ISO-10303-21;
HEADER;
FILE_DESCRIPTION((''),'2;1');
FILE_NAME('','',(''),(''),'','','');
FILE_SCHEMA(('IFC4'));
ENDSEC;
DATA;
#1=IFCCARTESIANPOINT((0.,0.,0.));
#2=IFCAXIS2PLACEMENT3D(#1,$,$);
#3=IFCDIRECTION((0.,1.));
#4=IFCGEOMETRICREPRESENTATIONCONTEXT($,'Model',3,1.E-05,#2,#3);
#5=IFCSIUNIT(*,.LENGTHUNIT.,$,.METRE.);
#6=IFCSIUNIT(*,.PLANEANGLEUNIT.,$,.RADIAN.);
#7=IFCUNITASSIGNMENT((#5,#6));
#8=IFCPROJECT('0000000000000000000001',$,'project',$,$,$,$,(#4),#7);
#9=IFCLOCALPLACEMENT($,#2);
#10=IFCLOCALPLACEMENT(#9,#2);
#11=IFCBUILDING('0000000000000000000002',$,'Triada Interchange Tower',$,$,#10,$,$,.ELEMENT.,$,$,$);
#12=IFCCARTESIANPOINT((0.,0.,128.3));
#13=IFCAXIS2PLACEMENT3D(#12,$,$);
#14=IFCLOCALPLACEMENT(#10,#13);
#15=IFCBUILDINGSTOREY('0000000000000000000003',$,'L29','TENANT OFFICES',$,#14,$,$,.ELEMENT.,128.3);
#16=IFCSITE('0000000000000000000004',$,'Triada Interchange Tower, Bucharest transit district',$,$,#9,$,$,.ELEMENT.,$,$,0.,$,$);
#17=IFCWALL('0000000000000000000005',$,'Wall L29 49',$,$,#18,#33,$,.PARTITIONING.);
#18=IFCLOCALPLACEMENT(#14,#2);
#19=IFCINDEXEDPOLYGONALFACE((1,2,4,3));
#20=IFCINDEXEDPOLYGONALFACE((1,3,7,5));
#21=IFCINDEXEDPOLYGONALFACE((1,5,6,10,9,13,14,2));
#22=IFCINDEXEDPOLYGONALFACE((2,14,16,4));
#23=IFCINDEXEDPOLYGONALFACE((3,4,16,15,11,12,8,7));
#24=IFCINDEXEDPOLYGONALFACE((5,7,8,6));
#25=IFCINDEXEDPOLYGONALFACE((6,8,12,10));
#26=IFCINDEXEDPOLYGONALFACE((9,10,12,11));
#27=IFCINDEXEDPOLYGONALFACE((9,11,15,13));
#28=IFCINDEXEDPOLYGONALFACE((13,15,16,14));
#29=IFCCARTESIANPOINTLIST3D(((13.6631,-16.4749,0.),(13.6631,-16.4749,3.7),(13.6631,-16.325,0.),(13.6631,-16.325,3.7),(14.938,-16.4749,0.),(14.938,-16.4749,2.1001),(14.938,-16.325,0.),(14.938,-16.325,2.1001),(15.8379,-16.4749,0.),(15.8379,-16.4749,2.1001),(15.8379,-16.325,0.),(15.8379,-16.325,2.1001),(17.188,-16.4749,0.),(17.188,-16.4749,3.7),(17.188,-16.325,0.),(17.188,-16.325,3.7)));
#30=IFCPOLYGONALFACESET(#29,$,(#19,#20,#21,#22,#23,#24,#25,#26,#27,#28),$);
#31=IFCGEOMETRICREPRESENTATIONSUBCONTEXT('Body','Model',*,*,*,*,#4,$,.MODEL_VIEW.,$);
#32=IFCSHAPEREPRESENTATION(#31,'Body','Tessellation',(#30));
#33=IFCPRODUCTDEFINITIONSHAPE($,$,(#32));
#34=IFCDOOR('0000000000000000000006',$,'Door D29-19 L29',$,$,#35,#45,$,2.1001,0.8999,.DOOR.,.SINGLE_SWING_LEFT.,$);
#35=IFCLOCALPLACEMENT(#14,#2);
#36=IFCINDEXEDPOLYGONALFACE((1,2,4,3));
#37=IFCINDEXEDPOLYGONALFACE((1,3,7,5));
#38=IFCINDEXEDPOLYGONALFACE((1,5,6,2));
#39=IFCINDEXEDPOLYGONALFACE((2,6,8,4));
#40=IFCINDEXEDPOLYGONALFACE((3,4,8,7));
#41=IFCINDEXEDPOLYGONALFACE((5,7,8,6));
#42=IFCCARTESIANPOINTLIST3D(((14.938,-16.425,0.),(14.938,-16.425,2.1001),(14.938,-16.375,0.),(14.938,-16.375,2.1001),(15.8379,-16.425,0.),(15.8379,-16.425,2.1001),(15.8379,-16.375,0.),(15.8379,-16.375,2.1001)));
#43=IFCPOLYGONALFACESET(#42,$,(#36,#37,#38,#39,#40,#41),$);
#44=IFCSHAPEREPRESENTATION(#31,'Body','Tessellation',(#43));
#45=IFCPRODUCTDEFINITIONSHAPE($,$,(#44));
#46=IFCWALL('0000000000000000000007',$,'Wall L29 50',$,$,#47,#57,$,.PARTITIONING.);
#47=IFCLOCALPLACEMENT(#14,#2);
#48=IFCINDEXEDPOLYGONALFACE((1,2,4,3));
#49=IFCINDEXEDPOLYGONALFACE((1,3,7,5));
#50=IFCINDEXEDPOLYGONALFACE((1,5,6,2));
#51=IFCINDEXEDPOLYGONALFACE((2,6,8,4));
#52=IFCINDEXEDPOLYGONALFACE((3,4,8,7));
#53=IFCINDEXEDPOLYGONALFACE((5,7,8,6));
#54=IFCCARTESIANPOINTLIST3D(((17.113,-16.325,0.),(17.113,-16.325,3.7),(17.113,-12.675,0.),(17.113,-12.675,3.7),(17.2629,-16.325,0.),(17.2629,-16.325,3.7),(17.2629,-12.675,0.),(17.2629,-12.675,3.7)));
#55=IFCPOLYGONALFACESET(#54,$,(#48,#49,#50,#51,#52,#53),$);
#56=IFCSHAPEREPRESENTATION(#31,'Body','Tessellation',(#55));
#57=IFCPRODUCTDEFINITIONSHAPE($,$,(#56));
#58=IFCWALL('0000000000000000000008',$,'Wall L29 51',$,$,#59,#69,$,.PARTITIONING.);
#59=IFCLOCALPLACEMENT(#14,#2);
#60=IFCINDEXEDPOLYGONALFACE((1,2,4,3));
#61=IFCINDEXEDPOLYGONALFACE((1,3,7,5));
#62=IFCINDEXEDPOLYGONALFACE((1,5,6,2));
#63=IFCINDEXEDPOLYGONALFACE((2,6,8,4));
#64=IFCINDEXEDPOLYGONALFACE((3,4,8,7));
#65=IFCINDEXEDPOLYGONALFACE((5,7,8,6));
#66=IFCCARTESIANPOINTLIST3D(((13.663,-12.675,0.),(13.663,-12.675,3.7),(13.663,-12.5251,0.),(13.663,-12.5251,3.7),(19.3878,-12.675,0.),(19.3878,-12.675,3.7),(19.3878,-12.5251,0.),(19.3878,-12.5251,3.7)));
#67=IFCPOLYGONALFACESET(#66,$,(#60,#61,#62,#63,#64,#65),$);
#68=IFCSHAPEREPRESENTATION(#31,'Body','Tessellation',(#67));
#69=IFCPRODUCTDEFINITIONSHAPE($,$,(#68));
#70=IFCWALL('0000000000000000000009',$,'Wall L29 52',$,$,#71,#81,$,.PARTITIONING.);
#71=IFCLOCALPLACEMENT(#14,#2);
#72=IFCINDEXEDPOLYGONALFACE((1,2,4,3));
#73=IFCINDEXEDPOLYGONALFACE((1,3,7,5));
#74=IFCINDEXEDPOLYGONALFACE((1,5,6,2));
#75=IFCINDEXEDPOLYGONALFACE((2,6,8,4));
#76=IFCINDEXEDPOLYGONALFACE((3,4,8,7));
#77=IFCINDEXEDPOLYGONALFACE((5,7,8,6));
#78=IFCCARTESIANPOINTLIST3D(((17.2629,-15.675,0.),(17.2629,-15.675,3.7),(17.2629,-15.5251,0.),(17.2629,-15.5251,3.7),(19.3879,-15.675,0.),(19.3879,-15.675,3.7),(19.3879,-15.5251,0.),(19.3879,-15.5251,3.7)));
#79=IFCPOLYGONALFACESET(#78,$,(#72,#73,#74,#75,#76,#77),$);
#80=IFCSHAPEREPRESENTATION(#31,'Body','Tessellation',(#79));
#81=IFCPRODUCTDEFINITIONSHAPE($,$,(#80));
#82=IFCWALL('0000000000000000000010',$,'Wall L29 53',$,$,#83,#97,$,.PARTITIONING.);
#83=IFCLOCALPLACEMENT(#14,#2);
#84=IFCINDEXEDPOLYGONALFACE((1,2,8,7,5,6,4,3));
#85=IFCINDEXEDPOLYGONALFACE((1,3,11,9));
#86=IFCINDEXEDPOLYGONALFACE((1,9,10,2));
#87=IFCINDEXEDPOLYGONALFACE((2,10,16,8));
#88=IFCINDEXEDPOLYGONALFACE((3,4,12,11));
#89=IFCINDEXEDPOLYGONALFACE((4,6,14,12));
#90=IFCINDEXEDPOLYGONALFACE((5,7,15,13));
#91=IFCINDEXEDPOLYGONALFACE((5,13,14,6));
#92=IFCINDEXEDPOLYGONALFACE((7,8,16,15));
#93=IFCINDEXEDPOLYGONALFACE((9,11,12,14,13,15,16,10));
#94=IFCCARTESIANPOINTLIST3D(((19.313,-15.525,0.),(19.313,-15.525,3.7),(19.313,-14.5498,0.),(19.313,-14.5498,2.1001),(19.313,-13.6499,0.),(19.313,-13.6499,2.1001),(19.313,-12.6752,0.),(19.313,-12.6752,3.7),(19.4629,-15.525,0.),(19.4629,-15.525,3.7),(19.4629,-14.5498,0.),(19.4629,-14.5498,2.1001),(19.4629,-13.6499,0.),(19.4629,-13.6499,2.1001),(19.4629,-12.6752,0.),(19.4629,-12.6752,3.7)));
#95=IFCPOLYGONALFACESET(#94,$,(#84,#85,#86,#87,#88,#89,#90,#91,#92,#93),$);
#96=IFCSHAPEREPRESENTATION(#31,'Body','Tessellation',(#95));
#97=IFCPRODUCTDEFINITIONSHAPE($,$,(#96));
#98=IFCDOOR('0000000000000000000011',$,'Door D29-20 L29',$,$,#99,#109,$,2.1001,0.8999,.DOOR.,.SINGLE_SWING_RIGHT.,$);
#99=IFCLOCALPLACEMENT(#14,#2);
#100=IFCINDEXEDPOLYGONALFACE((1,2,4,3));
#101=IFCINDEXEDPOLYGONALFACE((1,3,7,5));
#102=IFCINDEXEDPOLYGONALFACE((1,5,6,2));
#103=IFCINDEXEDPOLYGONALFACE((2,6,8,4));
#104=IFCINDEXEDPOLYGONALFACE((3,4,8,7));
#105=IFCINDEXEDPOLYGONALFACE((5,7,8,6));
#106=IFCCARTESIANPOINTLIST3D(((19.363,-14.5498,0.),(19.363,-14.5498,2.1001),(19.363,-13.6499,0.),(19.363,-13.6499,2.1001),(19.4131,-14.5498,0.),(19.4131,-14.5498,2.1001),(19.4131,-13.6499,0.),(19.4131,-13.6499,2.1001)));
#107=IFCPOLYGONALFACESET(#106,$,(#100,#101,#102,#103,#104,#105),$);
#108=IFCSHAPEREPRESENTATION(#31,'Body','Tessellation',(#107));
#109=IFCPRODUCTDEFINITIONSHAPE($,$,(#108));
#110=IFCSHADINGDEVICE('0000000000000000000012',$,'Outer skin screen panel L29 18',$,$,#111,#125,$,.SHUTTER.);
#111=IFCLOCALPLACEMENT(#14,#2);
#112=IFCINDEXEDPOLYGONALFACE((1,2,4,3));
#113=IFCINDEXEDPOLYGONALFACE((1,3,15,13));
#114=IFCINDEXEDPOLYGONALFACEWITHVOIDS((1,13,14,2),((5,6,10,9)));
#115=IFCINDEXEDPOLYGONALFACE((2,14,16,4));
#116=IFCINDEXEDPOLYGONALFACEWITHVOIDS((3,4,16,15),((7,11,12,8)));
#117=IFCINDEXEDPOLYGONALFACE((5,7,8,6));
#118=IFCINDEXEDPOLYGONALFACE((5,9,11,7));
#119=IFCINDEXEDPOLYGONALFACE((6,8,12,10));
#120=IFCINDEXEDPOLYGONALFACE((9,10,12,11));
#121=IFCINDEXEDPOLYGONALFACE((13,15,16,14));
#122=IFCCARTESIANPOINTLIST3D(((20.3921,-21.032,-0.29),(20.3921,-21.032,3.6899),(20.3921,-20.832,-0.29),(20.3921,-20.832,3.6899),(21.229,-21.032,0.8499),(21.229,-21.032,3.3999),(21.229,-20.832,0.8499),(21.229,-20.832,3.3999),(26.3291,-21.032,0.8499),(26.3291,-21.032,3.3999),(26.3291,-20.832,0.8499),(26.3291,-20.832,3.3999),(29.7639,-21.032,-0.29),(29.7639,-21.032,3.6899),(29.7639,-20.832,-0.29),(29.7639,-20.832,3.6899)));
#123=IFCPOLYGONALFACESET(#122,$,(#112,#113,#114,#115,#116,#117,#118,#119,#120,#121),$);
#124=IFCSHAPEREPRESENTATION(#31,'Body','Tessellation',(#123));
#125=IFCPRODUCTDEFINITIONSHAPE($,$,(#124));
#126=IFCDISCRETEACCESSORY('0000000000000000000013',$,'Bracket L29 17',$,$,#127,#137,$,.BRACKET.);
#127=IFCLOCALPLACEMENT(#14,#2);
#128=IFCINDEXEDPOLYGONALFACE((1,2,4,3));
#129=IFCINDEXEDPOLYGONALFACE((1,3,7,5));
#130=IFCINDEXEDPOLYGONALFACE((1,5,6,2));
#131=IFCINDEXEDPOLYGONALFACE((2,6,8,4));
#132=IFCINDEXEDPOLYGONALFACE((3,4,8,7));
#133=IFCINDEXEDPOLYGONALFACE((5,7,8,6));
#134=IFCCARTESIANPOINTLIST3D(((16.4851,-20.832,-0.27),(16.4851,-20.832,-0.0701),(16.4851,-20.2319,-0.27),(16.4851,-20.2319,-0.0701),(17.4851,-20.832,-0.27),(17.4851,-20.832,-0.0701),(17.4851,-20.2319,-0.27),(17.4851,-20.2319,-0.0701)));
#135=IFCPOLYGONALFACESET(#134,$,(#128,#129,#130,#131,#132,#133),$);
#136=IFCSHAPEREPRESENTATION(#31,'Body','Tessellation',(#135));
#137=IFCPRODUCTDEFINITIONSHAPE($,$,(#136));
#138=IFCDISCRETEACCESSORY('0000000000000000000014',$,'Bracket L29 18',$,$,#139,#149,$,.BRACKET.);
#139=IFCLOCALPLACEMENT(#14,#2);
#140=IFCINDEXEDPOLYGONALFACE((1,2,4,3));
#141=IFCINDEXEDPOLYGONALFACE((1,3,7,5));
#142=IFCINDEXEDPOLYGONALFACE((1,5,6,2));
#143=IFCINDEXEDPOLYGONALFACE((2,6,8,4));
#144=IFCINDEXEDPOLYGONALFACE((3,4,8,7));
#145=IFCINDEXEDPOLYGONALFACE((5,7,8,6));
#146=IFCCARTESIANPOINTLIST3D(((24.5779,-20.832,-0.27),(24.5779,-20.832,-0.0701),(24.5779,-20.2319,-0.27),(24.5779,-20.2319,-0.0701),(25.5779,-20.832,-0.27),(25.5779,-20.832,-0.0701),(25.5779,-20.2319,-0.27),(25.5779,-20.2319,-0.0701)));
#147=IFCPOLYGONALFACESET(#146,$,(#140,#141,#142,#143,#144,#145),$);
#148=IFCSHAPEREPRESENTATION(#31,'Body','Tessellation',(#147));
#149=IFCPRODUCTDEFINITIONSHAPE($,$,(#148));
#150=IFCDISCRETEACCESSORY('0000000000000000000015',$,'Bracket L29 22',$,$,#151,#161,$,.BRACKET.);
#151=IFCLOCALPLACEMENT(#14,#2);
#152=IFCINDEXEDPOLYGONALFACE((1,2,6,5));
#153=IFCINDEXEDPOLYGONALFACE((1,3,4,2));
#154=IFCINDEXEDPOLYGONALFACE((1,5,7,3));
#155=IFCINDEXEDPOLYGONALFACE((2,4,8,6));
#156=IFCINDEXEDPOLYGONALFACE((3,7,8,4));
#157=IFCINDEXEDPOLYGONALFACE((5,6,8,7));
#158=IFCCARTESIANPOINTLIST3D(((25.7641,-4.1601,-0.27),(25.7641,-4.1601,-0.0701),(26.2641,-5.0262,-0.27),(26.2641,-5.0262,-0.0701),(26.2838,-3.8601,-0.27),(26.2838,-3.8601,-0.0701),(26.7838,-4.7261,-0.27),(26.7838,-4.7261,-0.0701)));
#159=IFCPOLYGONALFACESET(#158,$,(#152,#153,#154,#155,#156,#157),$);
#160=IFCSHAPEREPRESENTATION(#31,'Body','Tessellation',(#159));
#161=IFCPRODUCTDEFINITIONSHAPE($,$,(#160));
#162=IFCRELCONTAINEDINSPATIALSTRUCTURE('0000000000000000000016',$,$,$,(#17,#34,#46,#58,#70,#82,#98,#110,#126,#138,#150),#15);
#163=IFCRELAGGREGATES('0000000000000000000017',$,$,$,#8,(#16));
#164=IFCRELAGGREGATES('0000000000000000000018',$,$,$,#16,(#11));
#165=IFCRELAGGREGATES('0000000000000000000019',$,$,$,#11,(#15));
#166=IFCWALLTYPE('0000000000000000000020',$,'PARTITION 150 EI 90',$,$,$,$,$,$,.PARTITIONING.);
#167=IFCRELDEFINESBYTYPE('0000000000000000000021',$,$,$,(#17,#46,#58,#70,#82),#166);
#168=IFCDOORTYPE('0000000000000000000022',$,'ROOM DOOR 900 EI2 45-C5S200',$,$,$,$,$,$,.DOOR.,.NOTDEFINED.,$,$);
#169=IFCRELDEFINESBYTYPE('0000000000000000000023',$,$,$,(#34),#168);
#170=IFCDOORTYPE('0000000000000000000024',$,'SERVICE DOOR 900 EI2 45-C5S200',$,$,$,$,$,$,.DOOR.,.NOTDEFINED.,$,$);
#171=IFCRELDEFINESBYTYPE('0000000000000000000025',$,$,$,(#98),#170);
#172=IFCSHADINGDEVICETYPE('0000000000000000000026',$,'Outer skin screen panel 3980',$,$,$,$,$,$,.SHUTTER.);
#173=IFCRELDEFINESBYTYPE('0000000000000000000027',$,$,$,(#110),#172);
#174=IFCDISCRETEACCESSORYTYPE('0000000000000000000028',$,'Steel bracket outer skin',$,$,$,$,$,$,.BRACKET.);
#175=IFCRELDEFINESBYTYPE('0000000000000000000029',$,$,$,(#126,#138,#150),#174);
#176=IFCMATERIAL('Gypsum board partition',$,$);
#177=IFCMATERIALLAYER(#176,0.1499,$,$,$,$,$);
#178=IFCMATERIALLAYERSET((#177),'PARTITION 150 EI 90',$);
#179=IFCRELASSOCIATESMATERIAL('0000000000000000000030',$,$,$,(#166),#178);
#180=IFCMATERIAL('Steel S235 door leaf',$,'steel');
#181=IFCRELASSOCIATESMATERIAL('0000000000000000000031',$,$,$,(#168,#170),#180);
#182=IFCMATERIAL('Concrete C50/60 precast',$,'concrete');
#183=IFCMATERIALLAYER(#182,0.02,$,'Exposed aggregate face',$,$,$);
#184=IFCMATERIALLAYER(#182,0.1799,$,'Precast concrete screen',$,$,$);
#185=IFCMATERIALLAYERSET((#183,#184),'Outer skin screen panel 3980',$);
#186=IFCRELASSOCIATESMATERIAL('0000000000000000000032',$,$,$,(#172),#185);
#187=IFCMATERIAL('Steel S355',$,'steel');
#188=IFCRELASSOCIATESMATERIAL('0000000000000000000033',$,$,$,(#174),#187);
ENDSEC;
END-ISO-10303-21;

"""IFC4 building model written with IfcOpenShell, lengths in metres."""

from ifc_helpers import new_model, si_unit, direction, frame, frame_2d, origin, origin_2d, place, context, subcontext, project, spatial, polyline, rectangle, outline, extrude, material, layer, layer_set, type_object, element, fill, save


model = new_model("IFC4")

# Units and contexts
model_context = context("Model", 3, precision=1e-05, world=origin(), true_north=direction((0.0, 1.0)))
body_context = subcontext(model_context, "Body", "Model", "MODEL_VIEW")
ifc_project = project(units=[si_unit("LENGTHUNIT", "METRE"), si_unit("PLANEANGLEUNIT", "RADIAN")], contexts=[model_context])

# Site, building, storey
site_placement = place(None, origin())
site = spatial("IfcSite", under=ifc_project, at=site_placement, Name="Triada Interchange Tower, Bucharest transit district", CompositionType="ELEMENT", RefElevation=0.0)
building_placement = place(site_placement, origin())
building = spatial("IfcBuilding", under=site, at=building_placement, Name="Triada Interchange Tower", CompositionType="ELEMENT")
storey_placement = place(building_placement, frame((0.0, 0.0, 128.3)))
storey = spatial("IfcBuildingStorey", under=building, at=storey_placement, Name="L29", Description="TENANT OFFICES", CompositionType="ELEMENT", Elevation=128.3)

# Shared definitions
ifc_material_1 = material(Name="Gypsum board partition")

# Wall, opening, door
ifc_layer_1 = layer(ifc_material_1, 0.1499)
ifc_layer_set_1 = layer_set([ifc_layer_1], Name="PARTITION 150 EI 90")
wall_type_1 = type_object("IfcWallType", Name="PARTITION 150 EI 90", PredefinedType="PARTITIONING", material=ifc_layer_set_1)
wall_1_placement = place(storey_placement, frame((13.6631, -16.3999, 0.0), z_axis=(0.0, 0.0, 1.0), x_axis=(1.0, 0.0, 0.0)))
wall_1 = element("IfcWall", 1, at=wall_1_placement, inside=storey, type_object=wall_type_1, Name="Wall L29 49", PredefinedType="PARTITIONING", context=body_context, shape_type="SweptSolid", body=[
    extrude(rectangle(XDim=3.5249, YDim=0.1499, at=frame_2d((1.7625, 0.0))), origin(), (0.0, 0.0, 1.0), 3.7),
])
opening_1_placement = place(wall_1_placement, frame((1.2749, 0.0, 0.0)))
opening_1 = element("IfcOpeningElement", 2, at=opening_1_placement, cuts=wall_1, PredefinedType="OPENING", context=body_context, shape_type="SweptSolid", body=[
    extrude(rectangle(XDim=0.8999, YDim=2.1001, at=frame_2d((0.45, 1.05))), frame((0.0, 0.085, 0.0), z_axis=(0.0, -1.0, 0.0), x_axis=(1.0, 0.0, 0.0)), (0.0, 0.0, 1.0), 0.1699),
])
ifc_material_2 = material(Name="Steel S235 door leaf", Category="steel")
door_type_1 = type_object("IfcDoorType", Name="ROOM DOOR 900 EI2 45-C5S200", OperationType="NOTDEFINED", PredefinedType="DOOR", material=ifc_material_2)
door_1_placement = place(opening_1_placement, origin())
door_1 = element("IfcDoor", 3, at=door_1_placement, inside=storey, type_object=door_type_1, Name="Door D29-19 L29", OperationType="SINGLE_SWING_LEFT", OverallHeight=2.1001, OverallWidth=0.8999, PredefinedType="DOOR", context=body_context, shape_type="SweptSolid", body=[
    extrude(rectangle(XDim=0.8999, YDim=2.1001, at=frame_2d((0.45, 1.05))), frame((0.0, 0.0249, 0.0), z_axis=(0.0, -1.0, 0.0), x_axis=(1.0, 0.0, 0.0)), (0.0, 0.0, 1.0), 0.05),
])
fill(opening_1, door_1)

# Walls
wall_2_placement = place(storey_placement, frame((17.188, -16.325, 0.0), z_axis=(0.0, 0.0, 1.0), x_axis=(0.0, 1.0, 0.0)))
element("IfcWall", 4, at=wall_2_placement, inside=storey, type_object=wall_type_1, Name="Wall L29 50", PredefinedType="PARTITIONING", context=body_context, shape_type="SweptSolid", body=[
    extrude(rectangle(XDim=3.6499, YDim=0.1499, at=frame_2d((1.825, 0.0))), origin(), (0.0, 0.0, 1.0), 3.7),
])
wall_3_placement = place(storey_placement, frame((13.6631, -12.6001, 0.0), z_axis=(0.0, 0.0, 1.0), x_axis=(1.0, 0.0, 0.0)))
element("IfcWall", 5, at=wall_3_placement, inside=storey, type_object=wall_type_1, Name="Wall L29 51", PredefinedType="PARTITIONING", context=body_context, shape_type="SweptSolid", body=[
    extrude(rectangle(XDim=5.7249, YDim=0.1499, at=frame_2d((2.8623, 0.0))), origin(), (0.0, 0.0, 1.0), 3.7),
])
wall_4_placement = place(storey_placement, frame((17.2629, -15.6001, 0.0), z_axis=(0.0, 0.0, 1.0), x_axis=(1.0, 0.0, 0.0)))
element("IfcWall", 6, at=wall_4_placement, inside=storey, type_object=wall_type_1, Name="Wall L29 52", PredefinedType="PARTITIONING", context=body_context, shape_type="SweptSolid", body=[
    extrude(rectangle(XDim=2.125, YDim=0.1499, at=frame_2d((1.0625, 0.0))), origin(), (0.0, 0.0, 1.0), 3.7),
])

# Wall, opening, door
wall_5_placement = place(storey_placement, frame((19.3879, -15.5249, 0.0), z_axis=(0.0, 0.0, 1.0), x_axis=(0.0, 1.0, 0.0)))
wall_5 = element("IfcWall", 7, at=wall_5_placement, inside=storey, type_object=wall_type_1, Name="Wall L29 53", PredefinedType="PARTITIONING", context=body_context, shape_type="SweptSolid", body=[
    extrude(rectangle(XDim=2.8499, YDim=0.1499, at=frame_2d((1.4248, 0.0))), origin(), (0.0, 0.0, 1.0), 3.7),
])
opening_2_placement = place(wall_5_placement, frame((0.9751, 0.0, 0.0)))
opening_2 = element("IfcOpeningElement", 8, at=opening_2_placement, cuts=wall_5, PredefinedType="OPENING", context=body_context, shape_type="SweptSolid", body=[
    extrude(rectangle(XDim=0.8999, YDim=2.1001, at=frame_2d((0.45, 1.05))), frame((0.0, 0.085, 0.0), z_axis=(0.0, -1.0, 0.0), x_axis=(1.0, 0.0, 0.0)), (0.0, 0.0, 1.0), 0.1699),
])
door_type_2 = type_object("IfcDoorType", Name="SERVICE DOOR 900 EI2 45-C5S200", OperationType="NOTDEFINED", PredefinedType="DOOR", material=ifc_material_2)
door_2_placement = place(opening_2_placement, origin())
door_2 = element("IfcDoor", 9, at=door_2_placement, inside=storey, type_object=door_type_2, Name="Door D29-20 L29", OperationType="SINGLE_SWING_RIGHT", OverallHeight=2.1001, OverallWidth=0.8999, PredefinedType="DOOR", context=body_context, shape_type="SweptSolid", body=[
    extrude(rectangle(XDim=0.8999, YDim=2.1001, at=frame_2d((0.45, 1.05))), frame((0.0, 0.0249, 0.0), z_axis=(0.0, -1.0, 0.0), x_axis=(1.0, 0.0, 0.0)), (0.0, 0.0, 1.0), 0.05),
])
fill(opening_2, door_2)

# Shading device
ifc_material_3 = material(Name="Concrete C50/60 precast", Category="concrete")
ifc_layer_2 = layer(ifc_material_3, 0.02, Name="Exposed aggregate face")
ifc_layer_3 = layer(ifc_material_3, 0.1799, Name="Precast concrete screen")
ifc_layer_set_2 = layer_set([ifc_layer_2, ifc_layer_3], Name="Outer skin screen panel 3980")
shading_device_type = type_object("IfcShadingDeviceType", Name="Outer skin screen panel 3980", PredefinedType="SHUTTER", material=ifc_layer_set_2)
shading_device_placement = place(storey_placement, frame((20.3921, -20.832, -0.29), z_axis=(0.0, 0.0, 1.0), x_axis=(1.0, 0.0, 0.0)))
element("IfcShadingDevice", 10, at=shading_device_placement, inside=storey, type_object=shading_device_type, Name="Outer skin screen panel L29 18", PredefinedType="SHUTTER", context=body_context, shape_type="SweptSolid", body=[
    extrude(outline(polyline([(0.0, 0.0), (9.3718, 0.0), (9.3718, 3.98), (0.0, 3.98), (0.0, 0.0)]), holes=[polyline([(0.8369, 1.1399), (0.8369, 3.6899), (5.937, 3.6899), (5.937, 1.1399), (0.8369, 1.1399)])]), frame((0.0, 0.0, 0.0), z_axis=(0.0, -1.0, 0.0), x_axis=(1.0, 0.0, 0.0)), (0.0, 0.0, 1.0), 0.2),
])

# Discrete accessories
ifc_material_4 = material(Name="Steel S355", Category="steel")
discrete_accessory_type = type_object("IfcDiscreteAccessoryType", Name="Steel bracket outer skin", PredefinedType="BRACKET", material=ifc_material_4)
for number, where, z_axis, x_axis, name in (
    (11, (16.9851, -20.532, -0.27), (0.0, 0.0, 1.0), (0.0, -1.0, 0.0), "Bracket L29 17"),
    (12, (25.0779, -20.532, -0.27), (0.0, 0.0, 1.0), (0.0, -1.0, 0.0), "Bracket L29 18"),
    (13, (26.2739, -4.4431, -0.27), (0.0, 0.0, 1.0), (0.866023, 0.500004, 0.0), "Bracket L29 22"),
):
    element("IfcDiscreteAccessory", number, at=place(storey_placement, frame(where, z_axis=z_axis, x_axis=x_axis)), inside=storey, type_object=discrete_accessory_type, Name=name, PredefinedType="BRACKET", context=body_context, shape_type="SweptSolid", body=[
        extrude(rectangle(XDim=0.6001, YDim=1.0, at=origin_2d()), origin(), (0.0, 0.0, 1.0), 0.2),
    ])

save(model, "model.ifc")
